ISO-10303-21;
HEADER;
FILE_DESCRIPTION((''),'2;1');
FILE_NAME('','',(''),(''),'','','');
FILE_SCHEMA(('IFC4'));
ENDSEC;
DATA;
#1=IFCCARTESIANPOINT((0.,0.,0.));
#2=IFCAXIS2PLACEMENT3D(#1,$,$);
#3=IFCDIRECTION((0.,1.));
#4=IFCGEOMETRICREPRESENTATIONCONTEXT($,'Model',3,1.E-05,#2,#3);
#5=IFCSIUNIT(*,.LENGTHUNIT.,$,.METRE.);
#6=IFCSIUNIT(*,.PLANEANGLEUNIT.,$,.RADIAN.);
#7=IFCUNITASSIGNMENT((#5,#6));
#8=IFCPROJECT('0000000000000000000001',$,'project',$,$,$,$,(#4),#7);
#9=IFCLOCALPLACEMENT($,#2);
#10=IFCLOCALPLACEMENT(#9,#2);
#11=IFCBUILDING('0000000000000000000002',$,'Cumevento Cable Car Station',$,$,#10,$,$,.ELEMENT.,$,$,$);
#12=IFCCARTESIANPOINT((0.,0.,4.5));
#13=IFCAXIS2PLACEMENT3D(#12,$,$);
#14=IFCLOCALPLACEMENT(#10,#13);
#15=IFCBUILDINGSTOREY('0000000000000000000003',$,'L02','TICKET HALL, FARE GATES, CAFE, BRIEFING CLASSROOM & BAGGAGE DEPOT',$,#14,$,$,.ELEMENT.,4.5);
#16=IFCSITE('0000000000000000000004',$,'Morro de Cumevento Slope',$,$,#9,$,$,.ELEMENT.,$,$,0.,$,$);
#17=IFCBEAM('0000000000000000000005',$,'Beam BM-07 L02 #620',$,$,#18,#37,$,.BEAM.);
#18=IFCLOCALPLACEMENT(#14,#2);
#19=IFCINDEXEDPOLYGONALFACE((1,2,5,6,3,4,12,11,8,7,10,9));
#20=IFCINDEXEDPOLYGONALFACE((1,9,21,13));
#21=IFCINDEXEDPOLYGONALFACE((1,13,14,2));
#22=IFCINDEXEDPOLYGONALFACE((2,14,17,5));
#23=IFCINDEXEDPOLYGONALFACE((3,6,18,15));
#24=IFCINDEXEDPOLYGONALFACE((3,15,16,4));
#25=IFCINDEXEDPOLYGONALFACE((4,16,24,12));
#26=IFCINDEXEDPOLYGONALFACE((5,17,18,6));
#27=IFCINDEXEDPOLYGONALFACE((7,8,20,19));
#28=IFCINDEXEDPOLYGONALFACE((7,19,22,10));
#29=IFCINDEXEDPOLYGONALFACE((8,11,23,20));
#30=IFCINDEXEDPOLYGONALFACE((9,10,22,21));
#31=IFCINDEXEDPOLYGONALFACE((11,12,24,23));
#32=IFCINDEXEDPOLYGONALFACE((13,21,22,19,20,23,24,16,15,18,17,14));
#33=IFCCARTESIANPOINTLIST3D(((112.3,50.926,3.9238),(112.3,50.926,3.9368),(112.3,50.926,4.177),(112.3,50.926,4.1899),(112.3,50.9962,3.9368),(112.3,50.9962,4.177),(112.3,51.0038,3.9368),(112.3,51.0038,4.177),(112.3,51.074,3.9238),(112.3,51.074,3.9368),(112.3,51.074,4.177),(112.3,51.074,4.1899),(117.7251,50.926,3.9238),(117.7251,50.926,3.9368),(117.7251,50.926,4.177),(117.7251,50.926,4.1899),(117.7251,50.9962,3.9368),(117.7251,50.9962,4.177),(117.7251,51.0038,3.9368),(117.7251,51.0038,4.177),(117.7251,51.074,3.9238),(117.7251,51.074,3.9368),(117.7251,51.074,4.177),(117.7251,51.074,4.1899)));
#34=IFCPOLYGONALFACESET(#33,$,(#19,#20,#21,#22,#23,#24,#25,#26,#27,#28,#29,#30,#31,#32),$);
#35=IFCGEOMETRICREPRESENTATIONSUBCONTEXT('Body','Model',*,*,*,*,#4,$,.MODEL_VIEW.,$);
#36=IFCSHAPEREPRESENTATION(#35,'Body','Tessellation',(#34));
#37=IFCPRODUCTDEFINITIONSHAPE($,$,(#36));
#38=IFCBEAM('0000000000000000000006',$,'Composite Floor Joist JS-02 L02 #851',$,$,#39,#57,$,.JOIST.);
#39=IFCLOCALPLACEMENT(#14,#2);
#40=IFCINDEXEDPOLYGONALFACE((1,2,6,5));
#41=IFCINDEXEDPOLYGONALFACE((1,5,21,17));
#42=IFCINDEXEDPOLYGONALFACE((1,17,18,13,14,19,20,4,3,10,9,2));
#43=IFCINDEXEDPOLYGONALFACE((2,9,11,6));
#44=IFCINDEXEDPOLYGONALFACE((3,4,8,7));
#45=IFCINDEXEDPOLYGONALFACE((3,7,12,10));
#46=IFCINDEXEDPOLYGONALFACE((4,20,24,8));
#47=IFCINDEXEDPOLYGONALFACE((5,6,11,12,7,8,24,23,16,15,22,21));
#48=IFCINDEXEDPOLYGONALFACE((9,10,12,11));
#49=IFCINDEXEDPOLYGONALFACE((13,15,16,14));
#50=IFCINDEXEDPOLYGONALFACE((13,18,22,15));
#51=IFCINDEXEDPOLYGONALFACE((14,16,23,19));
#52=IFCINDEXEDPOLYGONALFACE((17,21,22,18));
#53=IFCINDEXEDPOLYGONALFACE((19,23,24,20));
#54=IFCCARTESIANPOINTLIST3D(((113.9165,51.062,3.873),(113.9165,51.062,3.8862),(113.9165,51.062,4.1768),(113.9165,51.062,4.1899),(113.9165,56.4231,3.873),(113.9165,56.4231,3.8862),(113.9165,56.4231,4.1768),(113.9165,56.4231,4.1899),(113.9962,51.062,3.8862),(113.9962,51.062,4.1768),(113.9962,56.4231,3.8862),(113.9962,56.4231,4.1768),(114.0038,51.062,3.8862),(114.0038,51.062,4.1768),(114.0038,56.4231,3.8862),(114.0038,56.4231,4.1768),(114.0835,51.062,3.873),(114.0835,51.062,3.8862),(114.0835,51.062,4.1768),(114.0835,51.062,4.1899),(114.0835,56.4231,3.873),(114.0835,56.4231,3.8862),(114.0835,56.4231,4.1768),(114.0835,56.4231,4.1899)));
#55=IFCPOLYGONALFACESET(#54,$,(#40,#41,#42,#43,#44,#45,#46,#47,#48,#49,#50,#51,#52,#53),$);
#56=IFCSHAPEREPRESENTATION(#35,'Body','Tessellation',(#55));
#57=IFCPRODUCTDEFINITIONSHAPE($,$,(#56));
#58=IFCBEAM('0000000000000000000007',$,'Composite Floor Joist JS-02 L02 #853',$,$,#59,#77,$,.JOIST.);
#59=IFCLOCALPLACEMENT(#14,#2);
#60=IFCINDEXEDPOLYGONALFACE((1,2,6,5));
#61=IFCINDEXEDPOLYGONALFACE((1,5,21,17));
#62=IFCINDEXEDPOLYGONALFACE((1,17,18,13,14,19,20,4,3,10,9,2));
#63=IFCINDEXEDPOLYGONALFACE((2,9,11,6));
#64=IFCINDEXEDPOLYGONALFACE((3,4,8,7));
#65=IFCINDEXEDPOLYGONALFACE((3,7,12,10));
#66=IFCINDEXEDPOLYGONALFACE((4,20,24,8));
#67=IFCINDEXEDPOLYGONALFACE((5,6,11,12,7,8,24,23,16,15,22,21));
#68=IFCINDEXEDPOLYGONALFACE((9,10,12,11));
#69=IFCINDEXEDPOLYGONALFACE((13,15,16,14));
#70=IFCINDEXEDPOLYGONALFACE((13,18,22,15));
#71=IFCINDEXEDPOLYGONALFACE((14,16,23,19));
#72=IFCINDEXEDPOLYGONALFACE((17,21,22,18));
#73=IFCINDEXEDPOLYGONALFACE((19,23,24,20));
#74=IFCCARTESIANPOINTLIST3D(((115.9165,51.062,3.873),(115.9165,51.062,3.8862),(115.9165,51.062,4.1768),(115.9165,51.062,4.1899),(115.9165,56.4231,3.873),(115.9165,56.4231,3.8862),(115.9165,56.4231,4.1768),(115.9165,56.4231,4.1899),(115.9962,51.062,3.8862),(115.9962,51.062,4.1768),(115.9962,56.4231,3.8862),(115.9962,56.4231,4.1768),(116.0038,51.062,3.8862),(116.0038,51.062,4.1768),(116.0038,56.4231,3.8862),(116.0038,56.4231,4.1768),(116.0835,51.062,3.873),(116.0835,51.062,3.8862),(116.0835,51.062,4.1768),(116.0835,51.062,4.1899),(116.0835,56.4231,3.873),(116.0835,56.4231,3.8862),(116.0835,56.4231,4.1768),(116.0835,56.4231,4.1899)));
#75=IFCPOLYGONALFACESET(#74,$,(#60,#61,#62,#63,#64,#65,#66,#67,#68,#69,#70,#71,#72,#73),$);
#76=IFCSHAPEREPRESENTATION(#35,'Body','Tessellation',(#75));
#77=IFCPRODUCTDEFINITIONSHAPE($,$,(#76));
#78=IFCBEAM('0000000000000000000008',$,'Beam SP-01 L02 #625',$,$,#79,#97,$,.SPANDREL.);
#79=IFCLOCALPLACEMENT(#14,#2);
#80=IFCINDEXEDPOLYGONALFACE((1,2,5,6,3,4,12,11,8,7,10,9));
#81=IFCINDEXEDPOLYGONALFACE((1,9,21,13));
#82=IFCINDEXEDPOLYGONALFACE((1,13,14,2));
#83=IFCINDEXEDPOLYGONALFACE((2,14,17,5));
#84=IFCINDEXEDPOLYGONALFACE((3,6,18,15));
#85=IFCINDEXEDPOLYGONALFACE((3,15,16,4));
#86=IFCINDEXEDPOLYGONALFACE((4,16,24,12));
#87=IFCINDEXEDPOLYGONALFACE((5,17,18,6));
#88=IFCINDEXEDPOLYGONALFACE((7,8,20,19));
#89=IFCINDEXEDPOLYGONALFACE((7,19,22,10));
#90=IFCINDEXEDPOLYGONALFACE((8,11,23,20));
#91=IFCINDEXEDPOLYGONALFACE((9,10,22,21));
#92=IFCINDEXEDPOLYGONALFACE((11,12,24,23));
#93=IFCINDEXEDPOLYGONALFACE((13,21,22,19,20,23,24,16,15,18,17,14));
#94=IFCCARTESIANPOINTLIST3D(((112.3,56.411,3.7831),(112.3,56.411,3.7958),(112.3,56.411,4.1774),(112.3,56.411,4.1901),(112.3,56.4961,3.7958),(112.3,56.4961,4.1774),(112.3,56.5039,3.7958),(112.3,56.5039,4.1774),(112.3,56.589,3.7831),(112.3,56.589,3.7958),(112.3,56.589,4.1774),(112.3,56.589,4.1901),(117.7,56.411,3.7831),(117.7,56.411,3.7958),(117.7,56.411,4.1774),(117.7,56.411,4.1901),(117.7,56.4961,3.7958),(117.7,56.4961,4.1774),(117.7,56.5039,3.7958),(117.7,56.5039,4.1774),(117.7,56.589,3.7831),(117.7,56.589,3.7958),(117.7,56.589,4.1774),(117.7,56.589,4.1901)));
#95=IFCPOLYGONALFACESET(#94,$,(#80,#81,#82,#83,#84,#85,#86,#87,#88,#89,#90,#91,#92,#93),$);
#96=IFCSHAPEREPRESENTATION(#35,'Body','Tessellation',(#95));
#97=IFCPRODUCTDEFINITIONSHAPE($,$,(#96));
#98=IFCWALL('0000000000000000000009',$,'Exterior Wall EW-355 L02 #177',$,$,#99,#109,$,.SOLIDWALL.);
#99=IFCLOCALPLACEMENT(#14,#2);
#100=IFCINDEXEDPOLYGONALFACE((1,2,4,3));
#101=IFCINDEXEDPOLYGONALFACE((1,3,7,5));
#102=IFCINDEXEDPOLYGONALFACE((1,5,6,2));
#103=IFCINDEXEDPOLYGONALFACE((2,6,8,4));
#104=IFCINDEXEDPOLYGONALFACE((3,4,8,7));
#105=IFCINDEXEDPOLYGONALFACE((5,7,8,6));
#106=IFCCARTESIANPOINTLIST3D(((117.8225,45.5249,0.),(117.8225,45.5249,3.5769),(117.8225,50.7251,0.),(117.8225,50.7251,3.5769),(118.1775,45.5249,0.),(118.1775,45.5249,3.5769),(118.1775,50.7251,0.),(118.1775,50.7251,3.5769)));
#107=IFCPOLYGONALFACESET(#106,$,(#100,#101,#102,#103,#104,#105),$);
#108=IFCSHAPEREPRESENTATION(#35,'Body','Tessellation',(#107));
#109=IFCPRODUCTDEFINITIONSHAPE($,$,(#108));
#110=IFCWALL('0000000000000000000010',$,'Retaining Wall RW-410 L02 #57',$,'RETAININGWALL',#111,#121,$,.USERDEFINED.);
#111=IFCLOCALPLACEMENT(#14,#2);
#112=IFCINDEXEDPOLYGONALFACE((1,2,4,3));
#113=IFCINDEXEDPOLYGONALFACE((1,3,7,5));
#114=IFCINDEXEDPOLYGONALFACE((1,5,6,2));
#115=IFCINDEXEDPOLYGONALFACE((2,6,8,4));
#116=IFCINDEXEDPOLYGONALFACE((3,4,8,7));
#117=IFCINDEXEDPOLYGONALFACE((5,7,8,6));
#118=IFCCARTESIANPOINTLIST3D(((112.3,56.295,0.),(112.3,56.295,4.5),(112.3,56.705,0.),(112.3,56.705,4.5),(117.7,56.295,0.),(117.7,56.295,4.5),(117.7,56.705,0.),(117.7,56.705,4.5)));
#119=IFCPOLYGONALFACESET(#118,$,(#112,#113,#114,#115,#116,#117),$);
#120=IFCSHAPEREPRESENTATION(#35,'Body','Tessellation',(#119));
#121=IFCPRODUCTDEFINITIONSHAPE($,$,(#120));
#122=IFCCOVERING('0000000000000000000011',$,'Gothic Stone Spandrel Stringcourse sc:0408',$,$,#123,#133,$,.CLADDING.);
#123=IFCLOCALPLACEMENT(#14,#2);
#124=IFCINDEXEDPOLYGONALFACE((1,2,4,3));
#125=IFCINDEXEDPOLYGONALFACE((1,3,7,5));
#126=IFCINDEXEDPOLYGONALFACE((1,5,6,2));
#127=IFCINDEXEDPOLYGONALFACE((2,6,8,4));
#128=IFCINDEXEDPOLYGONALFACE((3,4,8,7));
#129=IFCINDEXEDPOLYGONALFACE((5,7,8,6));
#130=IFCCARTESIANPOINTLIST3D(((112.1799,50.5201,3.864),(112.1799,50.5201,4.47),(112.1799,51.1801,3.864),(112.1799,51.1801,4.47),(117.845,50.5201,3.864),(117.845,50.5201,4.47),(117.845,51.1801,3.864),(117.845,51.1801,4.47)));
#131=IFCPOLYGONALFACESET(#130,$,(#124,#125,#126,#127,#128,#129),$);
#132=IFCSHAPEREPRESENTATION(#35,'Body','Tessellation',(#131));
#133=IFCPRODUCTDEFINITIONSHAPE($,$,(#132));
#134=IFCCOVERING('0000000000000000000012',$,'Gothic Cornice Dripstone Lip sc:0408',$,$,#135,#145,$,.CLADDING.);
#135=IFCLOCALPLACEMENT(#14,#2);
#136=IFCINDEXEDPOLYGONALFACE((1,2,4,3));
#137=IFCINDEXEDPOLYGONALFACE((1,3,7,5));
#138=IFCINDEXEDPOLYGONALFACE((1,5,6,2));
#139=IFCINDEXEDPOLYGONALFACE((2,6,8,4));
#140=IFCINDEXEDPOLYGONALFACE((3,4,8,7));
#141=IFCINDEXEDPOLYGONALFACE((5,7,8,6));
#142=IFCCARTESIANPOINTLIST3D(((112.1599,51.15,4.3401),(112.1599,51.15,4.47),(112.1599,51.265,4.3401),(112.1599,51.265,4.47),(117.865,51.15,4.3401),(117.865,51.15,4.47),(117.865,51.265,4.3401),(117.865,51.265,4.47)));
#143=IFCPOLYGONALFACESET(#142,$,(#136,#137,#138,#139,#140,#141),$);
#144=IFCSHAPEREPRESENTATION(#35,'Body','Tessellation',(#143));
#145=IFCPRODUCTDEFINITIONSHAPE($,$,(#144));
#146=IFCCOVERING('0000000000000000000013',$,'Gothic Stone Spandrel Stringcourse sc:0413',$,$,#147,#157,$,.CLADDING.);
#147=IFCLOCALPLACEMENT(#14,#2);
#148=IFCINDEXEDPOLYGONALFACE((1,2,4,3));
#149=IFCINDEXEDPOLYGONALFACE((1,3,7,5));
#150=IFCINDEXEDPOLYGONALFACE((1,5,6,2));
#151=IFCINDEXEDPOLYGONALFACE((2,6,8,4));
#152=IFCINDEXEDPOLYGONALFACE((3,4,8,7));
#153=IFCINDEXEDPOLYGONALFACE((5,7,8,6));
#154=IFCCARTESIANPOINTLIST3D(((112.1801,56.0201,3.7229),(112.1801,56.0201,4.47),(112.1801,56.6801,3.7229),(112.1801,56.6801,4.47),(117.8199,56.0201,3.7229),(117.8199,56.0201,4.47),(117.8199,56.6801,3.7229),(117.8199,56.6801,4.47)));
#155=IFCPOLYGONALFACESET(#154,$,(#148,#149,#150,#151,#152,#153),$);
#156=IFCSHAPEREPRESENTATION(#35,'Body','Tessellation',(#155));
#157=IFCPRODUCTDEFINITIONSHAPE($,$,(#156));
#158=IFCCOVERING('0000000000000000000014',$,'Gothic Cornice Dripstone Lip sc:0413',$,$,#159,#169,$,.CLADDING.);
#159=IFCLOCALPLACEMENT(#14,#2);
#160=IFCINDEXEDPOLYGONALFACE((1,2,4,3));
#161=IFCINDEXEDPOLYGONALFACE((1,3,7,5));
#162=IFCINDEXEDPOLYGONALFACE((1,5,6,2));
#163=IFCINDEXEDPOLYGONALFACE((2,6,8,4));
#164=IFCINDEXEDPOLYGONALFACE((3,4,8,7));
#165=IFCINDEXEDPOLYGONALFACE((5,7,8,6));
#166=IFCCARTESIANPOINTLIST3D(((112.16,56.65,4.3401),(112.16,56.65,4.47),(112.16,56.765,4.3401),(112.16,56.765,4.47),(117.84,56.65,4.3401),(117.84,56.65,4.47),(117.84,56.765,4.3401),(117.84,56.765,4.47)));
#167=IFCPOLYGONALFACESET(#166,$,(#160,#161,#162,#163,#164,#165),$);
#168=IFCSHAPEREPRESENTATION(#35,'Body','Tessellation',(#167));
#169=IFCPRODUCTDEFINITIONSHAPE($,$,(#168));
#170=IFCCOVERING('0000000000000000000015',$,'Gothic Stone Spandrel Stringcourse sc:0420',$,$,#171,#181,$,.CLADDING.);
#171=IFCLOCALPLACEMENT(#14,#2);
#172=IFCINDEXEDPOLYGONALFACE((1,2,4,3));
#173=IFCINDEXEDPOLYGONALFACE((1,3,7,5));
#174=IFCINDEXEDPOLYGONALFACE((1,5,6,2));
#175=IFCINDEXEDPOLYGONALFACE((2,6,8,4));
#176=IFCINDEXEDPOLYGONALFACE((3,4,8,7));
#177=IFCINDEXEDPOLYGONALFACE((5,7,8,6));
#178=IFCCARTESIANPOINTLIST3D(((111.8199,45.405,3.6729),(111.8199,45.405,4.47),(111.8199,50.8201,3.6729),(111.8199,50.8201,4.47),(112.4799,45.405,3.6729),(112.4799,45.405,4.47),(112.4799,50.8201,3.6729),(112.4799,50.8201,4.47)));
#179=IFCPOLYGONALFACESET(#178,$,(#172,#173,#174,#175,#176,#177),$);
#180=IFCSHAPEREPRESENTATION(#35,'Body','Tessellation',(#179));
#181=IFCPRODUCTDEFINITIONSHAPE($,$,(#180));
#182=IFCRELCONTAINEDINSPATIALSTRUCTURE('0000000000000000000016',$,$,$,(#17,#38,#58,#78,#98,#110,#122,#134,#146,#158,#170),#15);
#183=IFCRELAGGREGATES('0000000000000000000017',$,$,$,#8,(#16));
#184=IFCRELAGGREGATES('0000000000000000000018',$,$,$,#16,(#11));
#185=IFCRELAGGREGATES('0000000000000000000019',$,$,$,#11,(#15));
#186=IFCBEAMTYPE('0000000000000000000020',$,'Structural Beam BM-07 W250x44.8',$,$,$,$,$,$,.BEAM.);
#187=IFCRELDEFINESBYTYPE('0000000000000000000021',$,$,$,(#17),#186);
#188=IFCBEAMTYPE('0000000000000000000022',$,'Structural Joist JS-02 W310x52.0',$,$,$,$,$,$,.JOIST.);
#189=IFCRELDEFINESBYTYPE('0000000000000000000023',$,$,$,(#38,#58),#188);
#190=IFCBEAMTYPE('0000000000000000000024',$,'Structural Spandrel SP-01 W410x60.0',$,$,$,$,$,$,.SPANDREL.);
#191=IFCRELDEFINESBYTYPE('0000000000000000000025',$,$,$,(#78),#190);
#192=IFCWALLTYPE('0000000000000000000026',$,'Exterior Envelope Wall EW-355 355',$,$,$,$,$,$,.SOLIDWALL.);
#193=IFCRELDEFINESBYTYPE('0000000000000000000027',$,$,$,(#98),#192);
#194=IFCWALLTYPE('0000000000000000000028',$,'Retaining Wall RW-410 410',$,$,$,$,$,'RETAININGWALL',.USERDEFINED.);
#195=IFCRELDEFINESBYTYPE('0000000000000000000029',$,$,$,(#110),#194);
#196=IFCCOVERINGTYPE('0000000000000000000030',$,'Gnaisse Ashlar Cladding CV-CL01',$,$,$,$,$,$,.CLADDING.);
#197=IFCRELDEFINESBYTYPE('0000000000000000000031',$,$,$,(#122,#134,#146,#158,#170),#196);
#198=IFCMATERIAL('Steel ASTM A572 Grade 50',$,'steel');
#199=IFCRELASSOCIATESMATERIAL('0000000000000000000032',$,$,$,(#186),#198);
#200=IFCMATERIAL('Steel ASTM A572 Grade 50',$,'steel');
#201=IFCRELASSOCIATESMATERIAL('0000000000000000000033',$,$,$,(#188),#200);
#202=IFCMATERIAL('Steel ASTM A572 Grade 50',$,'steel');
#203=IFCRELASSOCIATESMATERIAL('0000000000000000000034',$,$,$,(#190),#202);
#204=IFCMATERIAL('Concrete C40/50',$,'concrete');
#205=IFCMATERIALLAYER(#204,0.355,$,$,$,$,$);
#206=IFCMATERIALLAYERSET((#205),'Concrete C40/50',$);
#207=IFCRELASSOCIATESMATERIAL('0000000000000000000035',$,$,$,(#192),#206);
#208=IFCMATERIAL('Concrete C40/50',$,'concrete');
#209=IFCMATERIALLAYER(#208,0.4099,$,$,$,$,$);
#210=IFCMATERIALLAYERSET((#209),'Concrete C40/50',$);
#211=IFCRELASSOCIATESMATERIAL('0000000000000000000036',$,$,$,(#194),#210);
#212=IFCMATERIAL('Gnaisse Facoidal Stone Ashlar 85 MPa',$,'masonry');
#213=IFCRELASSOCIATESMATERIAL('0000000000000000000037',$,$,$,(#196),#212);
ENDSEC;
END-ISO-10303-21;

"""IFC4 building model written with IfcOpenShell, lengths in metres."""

from ifc_helpers import new_model, si_unit, direction, frame, frame_2d, origin, origin_2d, place, context, subcontext, project, spatial, rectangle, i_section, extrude, material, layer, layer_set, material_profile, profile_set, type_object, element, save


model = new_model("IFC4")

# Units and contexts
model_context = context("Model", 3, precision=1e-05, world=origin(), true_north=direction((0.0, 1.0)))
body_context = subcontext(model_context, "Body", "Model", "MODEL_VIEW")
ifc_project = project(units=[si_unit("LENGTHUNIT", "METRE"), si_unit("PLANEANGLEUNIT", "RADIAN")], contexts=[model_context])

# Site, building, storey
site_placement = place(None, origin())
site = spatial("IfcSite", under=ifc_project, at=site_placement, Name="Morro de Cumevento Slope", CompositionType="ELEMENT", RefElevation=0.0)
building_placement = place(site_placement, origin())
building = spatial("IfcBuilding", under=site, at=building_placement, Name="Cumevento Cable Car Station", CompositionType="ELEMENT")
storey_placement = place(building_placement, frame((0.0, 0.0, 4.5)))
storey = spatial("IfcBuildingStorey", under=building, at=storey_placement, Name="L02", Description="TICKET HALL, FARE GATES, CAFE, BRIEFING CLASSROOM & BAGGAGE DEPOT", CompositionType="ELEMENT", Elevation=4.5)

# Beams
ifc_material_1 = material(Name="Steel ASTM A572 Grade 50", Category="steel")
ifc_material_profile_1 = material_profile(ifc_material_1, i_section(OverallWidth=0.1479, OverallDepth=0.2661, WebThickness=0.0076, FlangeThickness=0.0129, at=origin_2d()), Name="W250x44.8")
ifc_profile_set_1 = profile_set([ifc_material_profile_1], Name="Steel ASTM A572 Grade 50")
beam_type_1 = type_object("IfcBeamType", Name="Structural Beam BM-07 W250x44.8", PredefinedType="BEAM", material=ifc_profile_set_1)
beam_1_placement = place(storey_placement, frame((112.3, 51.0, 4.0569), z_axis=(1.0, 0.0, 0.0), x_axis=(0.0, 1.0, 0.0)))
element("IfcBeam", 1, at=beam_1_placement, inside=storey, type_object=beam_type_1, Name="Beam BM-07 L02 #620", PredefinedType="BEAM", context=body_context, shape_type="SweptSolid", body=[
    extrude(i_section(OverallWidth=0.1479, OverallDepth=0.2661, WebThickness=0.0076, FlangeThickness=0.0129, at=origin_2d()), origin(), (0.0, 0.0, 1.0), 5.425),
])
ifc_material_2 = material(Name="Steel ASTM A572 Grade 50", Category="steel")
ifc_material_profile_2 = material_profile(ifc_material_2, i_section(OverallWidth=0.167, OverallDepth=0.3169, WebThickness=0.0076, FlangeThickness=0.0132, at=origin_2d()), Name="W310x52.0")
ifc_profile_set_2 = profile_set([ifc_material_profile_2], Name="Steel ASTM A572 Grade 50")
beam_type_2 = type_object("IfcBeamType", Name="Structural Joist JS-02 W310x52.0", PredefinedType="JOIST", material=ifc_profile_set_2)
for number, where, z_axis, x_axis, name in (
    (2, (114.0, 51.062, 4.0315), (0.0, 1.0, 0.0), (-1.0, 0.0, 0.0), "Composite Floor Joist JS-02 L02 #851"),
    (3, (116.0, 51.062, 4.0315), (0.0, 1.0, 0.0), (-1.0, 0.0, 0.0), "Composite Floor Joist JS-02 L02 #853"),
):
    element("IfcBeam", number, at=place(storey_placement, frame(where, z_axis=z_axis, x_axis=x_axis)), inside=storey, type_object=beam_type_2, Name=name, PredefinedType="JOIST", context=body_context, shape_type="SweptSolid", body=[
        extrude(i_section(OverallWidth=0.167, OverallDepth=0.3169, WebThickness=0.0076, FlangeThickness=0.0132, at=origin_2d()), origin(), (0.0, 0.0, 1.0), 5.3611),
    ])
ifc_material_3 = material(Name="Steel ASTM A572 Grade 50", Category="steel")
ifc_material_profile_3 = material_profile(ifc_material_3, i_section(OverallWidth=0.178, OverallDepth=0.407, WebThickness=0.0078, FlangeThickness=0.0127, at=origin_2d()), Name="W410x60.0")
ifc_profile_set_3 = profile_set([ifc_material_profile_3], Name="Steel ASTM A572 Grade 50")
beam_type_3 = type_object("IfcBeamType", Name="Structural Spandrel SP-01 W410x60.0", PredefinedType="SPANDREL", material=ifc_profile_set_3)
beam_2_placement = place(storey_placement, frame((112.3, 56.5, 3.9866), z_axis=(1.0, 0.0, 0.0), x_axis=(0.0, 1.0, 0.0)))
element("IfcBeam", 4, at=beam_2_placement, inside=storey, type_object=beam_type_3, Name="Beam SP-01 L02 #625", PredefinedType="SPANDREL", context=body_context, shape_type="SweptSolid", body=[
    extrude(i_section(OverallWidth=0.178, OverallDepth=0.407, WebThickness=0.0078, FlangeThickness=0.0127, at=origin_2d()), origin(), (0.0, 0.0, 1.0), 5.3999),
])

# Walls
ifc_material_4 = material(Name="Concrete C40/50", Category="concrete")
ifc_layer_1 = layer(ifc_material_4, 0.355)
ifc_layer_set_1 = layer_set([ifc_layer_1], Name="Concrete C40/50")
wall_type_1 = type_object("IfcWallType", Name="Exterior Envelope Wall EW-355 355", PredefinedType="SOLIDWALL", material=ifc_layer_set_1)
wall_1_placement = place(storey_placement, frame((118.0, 45.5249, 0.0), z_axis=(0.0, 0.0, 1.0), x_axis=(0.0, 1.0, 0.0)))
element("IfcWall", 5, at=wall_1_placement, inside=storey, type_object=wall_type_1, Name="Exterior Wall EW-355 L02 #177", PredefinedType="SOLIDWALL", context=body_context, shape_type="SweptSolid", body=[
    extrude(rectangle(XDim=5.2002, YDim=0.355, at=frame_2d((2.6001, 0.0))), origin(), (0.0, 0.0, 1.0), 3.5769),
])
ifc_material_5 = material(Name="Concrete C40/50", Category="concrete")
ifc_layer_2 = layer(ifc_material_5, 0.4099)
ifc_layer_set_2 = layer_set([ifc_layer_2], Name="Concrete C40/50")
wall_type_2 = type_object("IfcWallType", Name="Retaining Wall RW-410 410", ElementType="RETAININGWALL", PredefinedType="USERDEFINED", material=ifc_layer_set_2)
wall_2_placement = place(storey_placement, frame((112.3, 56.5, 0.0), z_axis=(0.0, 0.0, 1.0), x_axis=(1.0, 0.0, 0.0)))
element("IfcWall", 6, at=wall_2_placement, inside=storey, type_object=wall_type_2, Name="Retaining Wall RW-410 L02 #57", ObjectType="RETAININGWALL", PredefinedType="USERDEFINED", context=body_context, shape_type="SweptSolid", body=[
    extrude(rectangle(XDim=5.3999, YDim=0.4099, at=frame_2d((2.7, 0.0))), origin(), (0.0, 0.0, 1.0), 4.5),
])

# Coverings
ifc_material_6 = material(Name="Gnaisse Facoidal Stone Ashlar 85 MPa", Category="masonry")
covering_type = type_object("IfcCoveringType", Name="Gnaisse Ashlar Cladding CV-CL01", PredefinedType="CLADDING", material=ifc_material_6)
covering_1_placement = place(storey_placement, frame((115.0125, 50.8501, 3.864), z_axis=(0.0, 0.0, 1.0), x_axis=(1.0, 0.0, 0.0)))
element("IfcCovering", 7, at=covering_1_placement, inside=storey, type_object=covering_type, Name="Gothic Stone Spandrel Stringcourse sc:0408", PredefinedType="CLADDING", context=body_context, shape_type="SweptSolid", body=[
    extrude(rectangle(XDim=5.665, YDim=0.6599, at=origin_2d()), origin(), (0.0, 0.0, 1.0), 0.606),
])
covering_2_placement = place(storey_placement, frame((115.0125, 51.2075, 4.3401), z_axis=(0.0, 0.0, 1.0), x_axis=(1.0, 0.0, 0.0)))
element("IfcCovering", 8, at=covering_2_placement, inside=storey, type_object=covering_type, Name="Gothic Cornice Dripstone Lip sc:0408", PredefinedType="CLADDING", context=body_context, shape_type="SweptSolid", body=[
    extrude(rectangle(XDim=5.7051, YDim=0.115, at=origin_2d()), origin(), (0.0, 0.0, 1.0), 0.1299),
])
covering_3_placement = place(storey_placement, frame((115.0, 56.3501, 3.7229), z_axis=(0.0, 0.0, 1.0), x_axis=(1.0, 0.0, 0.0)))
element("IfcCovering", 9, at=covering_3_placement, inside=storey, type_object=covering_type, Name="Gothic Stone Spandrel Stringcourse sc:0413", PredefinedType="CLADDING", context=body_context, shape_type="SweptSolid", body=[
    extrude(rectangle(XDim=5.6399, YDim=0.6599, at=origin_2d()), origin(), (0.0, 0.0, 1.0), 0.7471),
])
covering_4_placement = place(storey_placement, frame((115.0, 56.7075, 4.3401), z_axis=(0.0, 0.0, 1.0), x_axis=(1.0, 0.0, 0.0)))
element("IfcCovering", 10, at=covering_4_placement, inside=storey, type_object=covering_type, Name="Gothic Cornice Dripstone Lip sc:0413", PredefinedType="CLADDING", context=body_context, shape_type="SweptSolid", body=[
    extrude(rectangle(XDim=5.6799, YDim=0.115, at=origin_2d()), origin(), (0.0, 0.0, 1.0), 0.1299),
])
covering_5_placement = place(storey_placement, frame((112.1499, 48.1125, 3.6729), z_axis=(0.0, 0.0, 1.0), x_axis=(0.0, 1.0, 0.0)))
element("IfcCovering", 11, at=covering_5_placement, inside=storey, type_object=covering_type, Name="Gothic Stone Spandrel Stringcourse sc:0420", PredefinedType="CLADDING", context=body_context, shape_type="SweptSolid", body=[
    extrude(rectangle(XDim=5.415, YDim=0.6599, at=origin_2d()), origin(), (0.0, 0.0, 1.0), 0.7971),
])

save(model, "model.ifc")
